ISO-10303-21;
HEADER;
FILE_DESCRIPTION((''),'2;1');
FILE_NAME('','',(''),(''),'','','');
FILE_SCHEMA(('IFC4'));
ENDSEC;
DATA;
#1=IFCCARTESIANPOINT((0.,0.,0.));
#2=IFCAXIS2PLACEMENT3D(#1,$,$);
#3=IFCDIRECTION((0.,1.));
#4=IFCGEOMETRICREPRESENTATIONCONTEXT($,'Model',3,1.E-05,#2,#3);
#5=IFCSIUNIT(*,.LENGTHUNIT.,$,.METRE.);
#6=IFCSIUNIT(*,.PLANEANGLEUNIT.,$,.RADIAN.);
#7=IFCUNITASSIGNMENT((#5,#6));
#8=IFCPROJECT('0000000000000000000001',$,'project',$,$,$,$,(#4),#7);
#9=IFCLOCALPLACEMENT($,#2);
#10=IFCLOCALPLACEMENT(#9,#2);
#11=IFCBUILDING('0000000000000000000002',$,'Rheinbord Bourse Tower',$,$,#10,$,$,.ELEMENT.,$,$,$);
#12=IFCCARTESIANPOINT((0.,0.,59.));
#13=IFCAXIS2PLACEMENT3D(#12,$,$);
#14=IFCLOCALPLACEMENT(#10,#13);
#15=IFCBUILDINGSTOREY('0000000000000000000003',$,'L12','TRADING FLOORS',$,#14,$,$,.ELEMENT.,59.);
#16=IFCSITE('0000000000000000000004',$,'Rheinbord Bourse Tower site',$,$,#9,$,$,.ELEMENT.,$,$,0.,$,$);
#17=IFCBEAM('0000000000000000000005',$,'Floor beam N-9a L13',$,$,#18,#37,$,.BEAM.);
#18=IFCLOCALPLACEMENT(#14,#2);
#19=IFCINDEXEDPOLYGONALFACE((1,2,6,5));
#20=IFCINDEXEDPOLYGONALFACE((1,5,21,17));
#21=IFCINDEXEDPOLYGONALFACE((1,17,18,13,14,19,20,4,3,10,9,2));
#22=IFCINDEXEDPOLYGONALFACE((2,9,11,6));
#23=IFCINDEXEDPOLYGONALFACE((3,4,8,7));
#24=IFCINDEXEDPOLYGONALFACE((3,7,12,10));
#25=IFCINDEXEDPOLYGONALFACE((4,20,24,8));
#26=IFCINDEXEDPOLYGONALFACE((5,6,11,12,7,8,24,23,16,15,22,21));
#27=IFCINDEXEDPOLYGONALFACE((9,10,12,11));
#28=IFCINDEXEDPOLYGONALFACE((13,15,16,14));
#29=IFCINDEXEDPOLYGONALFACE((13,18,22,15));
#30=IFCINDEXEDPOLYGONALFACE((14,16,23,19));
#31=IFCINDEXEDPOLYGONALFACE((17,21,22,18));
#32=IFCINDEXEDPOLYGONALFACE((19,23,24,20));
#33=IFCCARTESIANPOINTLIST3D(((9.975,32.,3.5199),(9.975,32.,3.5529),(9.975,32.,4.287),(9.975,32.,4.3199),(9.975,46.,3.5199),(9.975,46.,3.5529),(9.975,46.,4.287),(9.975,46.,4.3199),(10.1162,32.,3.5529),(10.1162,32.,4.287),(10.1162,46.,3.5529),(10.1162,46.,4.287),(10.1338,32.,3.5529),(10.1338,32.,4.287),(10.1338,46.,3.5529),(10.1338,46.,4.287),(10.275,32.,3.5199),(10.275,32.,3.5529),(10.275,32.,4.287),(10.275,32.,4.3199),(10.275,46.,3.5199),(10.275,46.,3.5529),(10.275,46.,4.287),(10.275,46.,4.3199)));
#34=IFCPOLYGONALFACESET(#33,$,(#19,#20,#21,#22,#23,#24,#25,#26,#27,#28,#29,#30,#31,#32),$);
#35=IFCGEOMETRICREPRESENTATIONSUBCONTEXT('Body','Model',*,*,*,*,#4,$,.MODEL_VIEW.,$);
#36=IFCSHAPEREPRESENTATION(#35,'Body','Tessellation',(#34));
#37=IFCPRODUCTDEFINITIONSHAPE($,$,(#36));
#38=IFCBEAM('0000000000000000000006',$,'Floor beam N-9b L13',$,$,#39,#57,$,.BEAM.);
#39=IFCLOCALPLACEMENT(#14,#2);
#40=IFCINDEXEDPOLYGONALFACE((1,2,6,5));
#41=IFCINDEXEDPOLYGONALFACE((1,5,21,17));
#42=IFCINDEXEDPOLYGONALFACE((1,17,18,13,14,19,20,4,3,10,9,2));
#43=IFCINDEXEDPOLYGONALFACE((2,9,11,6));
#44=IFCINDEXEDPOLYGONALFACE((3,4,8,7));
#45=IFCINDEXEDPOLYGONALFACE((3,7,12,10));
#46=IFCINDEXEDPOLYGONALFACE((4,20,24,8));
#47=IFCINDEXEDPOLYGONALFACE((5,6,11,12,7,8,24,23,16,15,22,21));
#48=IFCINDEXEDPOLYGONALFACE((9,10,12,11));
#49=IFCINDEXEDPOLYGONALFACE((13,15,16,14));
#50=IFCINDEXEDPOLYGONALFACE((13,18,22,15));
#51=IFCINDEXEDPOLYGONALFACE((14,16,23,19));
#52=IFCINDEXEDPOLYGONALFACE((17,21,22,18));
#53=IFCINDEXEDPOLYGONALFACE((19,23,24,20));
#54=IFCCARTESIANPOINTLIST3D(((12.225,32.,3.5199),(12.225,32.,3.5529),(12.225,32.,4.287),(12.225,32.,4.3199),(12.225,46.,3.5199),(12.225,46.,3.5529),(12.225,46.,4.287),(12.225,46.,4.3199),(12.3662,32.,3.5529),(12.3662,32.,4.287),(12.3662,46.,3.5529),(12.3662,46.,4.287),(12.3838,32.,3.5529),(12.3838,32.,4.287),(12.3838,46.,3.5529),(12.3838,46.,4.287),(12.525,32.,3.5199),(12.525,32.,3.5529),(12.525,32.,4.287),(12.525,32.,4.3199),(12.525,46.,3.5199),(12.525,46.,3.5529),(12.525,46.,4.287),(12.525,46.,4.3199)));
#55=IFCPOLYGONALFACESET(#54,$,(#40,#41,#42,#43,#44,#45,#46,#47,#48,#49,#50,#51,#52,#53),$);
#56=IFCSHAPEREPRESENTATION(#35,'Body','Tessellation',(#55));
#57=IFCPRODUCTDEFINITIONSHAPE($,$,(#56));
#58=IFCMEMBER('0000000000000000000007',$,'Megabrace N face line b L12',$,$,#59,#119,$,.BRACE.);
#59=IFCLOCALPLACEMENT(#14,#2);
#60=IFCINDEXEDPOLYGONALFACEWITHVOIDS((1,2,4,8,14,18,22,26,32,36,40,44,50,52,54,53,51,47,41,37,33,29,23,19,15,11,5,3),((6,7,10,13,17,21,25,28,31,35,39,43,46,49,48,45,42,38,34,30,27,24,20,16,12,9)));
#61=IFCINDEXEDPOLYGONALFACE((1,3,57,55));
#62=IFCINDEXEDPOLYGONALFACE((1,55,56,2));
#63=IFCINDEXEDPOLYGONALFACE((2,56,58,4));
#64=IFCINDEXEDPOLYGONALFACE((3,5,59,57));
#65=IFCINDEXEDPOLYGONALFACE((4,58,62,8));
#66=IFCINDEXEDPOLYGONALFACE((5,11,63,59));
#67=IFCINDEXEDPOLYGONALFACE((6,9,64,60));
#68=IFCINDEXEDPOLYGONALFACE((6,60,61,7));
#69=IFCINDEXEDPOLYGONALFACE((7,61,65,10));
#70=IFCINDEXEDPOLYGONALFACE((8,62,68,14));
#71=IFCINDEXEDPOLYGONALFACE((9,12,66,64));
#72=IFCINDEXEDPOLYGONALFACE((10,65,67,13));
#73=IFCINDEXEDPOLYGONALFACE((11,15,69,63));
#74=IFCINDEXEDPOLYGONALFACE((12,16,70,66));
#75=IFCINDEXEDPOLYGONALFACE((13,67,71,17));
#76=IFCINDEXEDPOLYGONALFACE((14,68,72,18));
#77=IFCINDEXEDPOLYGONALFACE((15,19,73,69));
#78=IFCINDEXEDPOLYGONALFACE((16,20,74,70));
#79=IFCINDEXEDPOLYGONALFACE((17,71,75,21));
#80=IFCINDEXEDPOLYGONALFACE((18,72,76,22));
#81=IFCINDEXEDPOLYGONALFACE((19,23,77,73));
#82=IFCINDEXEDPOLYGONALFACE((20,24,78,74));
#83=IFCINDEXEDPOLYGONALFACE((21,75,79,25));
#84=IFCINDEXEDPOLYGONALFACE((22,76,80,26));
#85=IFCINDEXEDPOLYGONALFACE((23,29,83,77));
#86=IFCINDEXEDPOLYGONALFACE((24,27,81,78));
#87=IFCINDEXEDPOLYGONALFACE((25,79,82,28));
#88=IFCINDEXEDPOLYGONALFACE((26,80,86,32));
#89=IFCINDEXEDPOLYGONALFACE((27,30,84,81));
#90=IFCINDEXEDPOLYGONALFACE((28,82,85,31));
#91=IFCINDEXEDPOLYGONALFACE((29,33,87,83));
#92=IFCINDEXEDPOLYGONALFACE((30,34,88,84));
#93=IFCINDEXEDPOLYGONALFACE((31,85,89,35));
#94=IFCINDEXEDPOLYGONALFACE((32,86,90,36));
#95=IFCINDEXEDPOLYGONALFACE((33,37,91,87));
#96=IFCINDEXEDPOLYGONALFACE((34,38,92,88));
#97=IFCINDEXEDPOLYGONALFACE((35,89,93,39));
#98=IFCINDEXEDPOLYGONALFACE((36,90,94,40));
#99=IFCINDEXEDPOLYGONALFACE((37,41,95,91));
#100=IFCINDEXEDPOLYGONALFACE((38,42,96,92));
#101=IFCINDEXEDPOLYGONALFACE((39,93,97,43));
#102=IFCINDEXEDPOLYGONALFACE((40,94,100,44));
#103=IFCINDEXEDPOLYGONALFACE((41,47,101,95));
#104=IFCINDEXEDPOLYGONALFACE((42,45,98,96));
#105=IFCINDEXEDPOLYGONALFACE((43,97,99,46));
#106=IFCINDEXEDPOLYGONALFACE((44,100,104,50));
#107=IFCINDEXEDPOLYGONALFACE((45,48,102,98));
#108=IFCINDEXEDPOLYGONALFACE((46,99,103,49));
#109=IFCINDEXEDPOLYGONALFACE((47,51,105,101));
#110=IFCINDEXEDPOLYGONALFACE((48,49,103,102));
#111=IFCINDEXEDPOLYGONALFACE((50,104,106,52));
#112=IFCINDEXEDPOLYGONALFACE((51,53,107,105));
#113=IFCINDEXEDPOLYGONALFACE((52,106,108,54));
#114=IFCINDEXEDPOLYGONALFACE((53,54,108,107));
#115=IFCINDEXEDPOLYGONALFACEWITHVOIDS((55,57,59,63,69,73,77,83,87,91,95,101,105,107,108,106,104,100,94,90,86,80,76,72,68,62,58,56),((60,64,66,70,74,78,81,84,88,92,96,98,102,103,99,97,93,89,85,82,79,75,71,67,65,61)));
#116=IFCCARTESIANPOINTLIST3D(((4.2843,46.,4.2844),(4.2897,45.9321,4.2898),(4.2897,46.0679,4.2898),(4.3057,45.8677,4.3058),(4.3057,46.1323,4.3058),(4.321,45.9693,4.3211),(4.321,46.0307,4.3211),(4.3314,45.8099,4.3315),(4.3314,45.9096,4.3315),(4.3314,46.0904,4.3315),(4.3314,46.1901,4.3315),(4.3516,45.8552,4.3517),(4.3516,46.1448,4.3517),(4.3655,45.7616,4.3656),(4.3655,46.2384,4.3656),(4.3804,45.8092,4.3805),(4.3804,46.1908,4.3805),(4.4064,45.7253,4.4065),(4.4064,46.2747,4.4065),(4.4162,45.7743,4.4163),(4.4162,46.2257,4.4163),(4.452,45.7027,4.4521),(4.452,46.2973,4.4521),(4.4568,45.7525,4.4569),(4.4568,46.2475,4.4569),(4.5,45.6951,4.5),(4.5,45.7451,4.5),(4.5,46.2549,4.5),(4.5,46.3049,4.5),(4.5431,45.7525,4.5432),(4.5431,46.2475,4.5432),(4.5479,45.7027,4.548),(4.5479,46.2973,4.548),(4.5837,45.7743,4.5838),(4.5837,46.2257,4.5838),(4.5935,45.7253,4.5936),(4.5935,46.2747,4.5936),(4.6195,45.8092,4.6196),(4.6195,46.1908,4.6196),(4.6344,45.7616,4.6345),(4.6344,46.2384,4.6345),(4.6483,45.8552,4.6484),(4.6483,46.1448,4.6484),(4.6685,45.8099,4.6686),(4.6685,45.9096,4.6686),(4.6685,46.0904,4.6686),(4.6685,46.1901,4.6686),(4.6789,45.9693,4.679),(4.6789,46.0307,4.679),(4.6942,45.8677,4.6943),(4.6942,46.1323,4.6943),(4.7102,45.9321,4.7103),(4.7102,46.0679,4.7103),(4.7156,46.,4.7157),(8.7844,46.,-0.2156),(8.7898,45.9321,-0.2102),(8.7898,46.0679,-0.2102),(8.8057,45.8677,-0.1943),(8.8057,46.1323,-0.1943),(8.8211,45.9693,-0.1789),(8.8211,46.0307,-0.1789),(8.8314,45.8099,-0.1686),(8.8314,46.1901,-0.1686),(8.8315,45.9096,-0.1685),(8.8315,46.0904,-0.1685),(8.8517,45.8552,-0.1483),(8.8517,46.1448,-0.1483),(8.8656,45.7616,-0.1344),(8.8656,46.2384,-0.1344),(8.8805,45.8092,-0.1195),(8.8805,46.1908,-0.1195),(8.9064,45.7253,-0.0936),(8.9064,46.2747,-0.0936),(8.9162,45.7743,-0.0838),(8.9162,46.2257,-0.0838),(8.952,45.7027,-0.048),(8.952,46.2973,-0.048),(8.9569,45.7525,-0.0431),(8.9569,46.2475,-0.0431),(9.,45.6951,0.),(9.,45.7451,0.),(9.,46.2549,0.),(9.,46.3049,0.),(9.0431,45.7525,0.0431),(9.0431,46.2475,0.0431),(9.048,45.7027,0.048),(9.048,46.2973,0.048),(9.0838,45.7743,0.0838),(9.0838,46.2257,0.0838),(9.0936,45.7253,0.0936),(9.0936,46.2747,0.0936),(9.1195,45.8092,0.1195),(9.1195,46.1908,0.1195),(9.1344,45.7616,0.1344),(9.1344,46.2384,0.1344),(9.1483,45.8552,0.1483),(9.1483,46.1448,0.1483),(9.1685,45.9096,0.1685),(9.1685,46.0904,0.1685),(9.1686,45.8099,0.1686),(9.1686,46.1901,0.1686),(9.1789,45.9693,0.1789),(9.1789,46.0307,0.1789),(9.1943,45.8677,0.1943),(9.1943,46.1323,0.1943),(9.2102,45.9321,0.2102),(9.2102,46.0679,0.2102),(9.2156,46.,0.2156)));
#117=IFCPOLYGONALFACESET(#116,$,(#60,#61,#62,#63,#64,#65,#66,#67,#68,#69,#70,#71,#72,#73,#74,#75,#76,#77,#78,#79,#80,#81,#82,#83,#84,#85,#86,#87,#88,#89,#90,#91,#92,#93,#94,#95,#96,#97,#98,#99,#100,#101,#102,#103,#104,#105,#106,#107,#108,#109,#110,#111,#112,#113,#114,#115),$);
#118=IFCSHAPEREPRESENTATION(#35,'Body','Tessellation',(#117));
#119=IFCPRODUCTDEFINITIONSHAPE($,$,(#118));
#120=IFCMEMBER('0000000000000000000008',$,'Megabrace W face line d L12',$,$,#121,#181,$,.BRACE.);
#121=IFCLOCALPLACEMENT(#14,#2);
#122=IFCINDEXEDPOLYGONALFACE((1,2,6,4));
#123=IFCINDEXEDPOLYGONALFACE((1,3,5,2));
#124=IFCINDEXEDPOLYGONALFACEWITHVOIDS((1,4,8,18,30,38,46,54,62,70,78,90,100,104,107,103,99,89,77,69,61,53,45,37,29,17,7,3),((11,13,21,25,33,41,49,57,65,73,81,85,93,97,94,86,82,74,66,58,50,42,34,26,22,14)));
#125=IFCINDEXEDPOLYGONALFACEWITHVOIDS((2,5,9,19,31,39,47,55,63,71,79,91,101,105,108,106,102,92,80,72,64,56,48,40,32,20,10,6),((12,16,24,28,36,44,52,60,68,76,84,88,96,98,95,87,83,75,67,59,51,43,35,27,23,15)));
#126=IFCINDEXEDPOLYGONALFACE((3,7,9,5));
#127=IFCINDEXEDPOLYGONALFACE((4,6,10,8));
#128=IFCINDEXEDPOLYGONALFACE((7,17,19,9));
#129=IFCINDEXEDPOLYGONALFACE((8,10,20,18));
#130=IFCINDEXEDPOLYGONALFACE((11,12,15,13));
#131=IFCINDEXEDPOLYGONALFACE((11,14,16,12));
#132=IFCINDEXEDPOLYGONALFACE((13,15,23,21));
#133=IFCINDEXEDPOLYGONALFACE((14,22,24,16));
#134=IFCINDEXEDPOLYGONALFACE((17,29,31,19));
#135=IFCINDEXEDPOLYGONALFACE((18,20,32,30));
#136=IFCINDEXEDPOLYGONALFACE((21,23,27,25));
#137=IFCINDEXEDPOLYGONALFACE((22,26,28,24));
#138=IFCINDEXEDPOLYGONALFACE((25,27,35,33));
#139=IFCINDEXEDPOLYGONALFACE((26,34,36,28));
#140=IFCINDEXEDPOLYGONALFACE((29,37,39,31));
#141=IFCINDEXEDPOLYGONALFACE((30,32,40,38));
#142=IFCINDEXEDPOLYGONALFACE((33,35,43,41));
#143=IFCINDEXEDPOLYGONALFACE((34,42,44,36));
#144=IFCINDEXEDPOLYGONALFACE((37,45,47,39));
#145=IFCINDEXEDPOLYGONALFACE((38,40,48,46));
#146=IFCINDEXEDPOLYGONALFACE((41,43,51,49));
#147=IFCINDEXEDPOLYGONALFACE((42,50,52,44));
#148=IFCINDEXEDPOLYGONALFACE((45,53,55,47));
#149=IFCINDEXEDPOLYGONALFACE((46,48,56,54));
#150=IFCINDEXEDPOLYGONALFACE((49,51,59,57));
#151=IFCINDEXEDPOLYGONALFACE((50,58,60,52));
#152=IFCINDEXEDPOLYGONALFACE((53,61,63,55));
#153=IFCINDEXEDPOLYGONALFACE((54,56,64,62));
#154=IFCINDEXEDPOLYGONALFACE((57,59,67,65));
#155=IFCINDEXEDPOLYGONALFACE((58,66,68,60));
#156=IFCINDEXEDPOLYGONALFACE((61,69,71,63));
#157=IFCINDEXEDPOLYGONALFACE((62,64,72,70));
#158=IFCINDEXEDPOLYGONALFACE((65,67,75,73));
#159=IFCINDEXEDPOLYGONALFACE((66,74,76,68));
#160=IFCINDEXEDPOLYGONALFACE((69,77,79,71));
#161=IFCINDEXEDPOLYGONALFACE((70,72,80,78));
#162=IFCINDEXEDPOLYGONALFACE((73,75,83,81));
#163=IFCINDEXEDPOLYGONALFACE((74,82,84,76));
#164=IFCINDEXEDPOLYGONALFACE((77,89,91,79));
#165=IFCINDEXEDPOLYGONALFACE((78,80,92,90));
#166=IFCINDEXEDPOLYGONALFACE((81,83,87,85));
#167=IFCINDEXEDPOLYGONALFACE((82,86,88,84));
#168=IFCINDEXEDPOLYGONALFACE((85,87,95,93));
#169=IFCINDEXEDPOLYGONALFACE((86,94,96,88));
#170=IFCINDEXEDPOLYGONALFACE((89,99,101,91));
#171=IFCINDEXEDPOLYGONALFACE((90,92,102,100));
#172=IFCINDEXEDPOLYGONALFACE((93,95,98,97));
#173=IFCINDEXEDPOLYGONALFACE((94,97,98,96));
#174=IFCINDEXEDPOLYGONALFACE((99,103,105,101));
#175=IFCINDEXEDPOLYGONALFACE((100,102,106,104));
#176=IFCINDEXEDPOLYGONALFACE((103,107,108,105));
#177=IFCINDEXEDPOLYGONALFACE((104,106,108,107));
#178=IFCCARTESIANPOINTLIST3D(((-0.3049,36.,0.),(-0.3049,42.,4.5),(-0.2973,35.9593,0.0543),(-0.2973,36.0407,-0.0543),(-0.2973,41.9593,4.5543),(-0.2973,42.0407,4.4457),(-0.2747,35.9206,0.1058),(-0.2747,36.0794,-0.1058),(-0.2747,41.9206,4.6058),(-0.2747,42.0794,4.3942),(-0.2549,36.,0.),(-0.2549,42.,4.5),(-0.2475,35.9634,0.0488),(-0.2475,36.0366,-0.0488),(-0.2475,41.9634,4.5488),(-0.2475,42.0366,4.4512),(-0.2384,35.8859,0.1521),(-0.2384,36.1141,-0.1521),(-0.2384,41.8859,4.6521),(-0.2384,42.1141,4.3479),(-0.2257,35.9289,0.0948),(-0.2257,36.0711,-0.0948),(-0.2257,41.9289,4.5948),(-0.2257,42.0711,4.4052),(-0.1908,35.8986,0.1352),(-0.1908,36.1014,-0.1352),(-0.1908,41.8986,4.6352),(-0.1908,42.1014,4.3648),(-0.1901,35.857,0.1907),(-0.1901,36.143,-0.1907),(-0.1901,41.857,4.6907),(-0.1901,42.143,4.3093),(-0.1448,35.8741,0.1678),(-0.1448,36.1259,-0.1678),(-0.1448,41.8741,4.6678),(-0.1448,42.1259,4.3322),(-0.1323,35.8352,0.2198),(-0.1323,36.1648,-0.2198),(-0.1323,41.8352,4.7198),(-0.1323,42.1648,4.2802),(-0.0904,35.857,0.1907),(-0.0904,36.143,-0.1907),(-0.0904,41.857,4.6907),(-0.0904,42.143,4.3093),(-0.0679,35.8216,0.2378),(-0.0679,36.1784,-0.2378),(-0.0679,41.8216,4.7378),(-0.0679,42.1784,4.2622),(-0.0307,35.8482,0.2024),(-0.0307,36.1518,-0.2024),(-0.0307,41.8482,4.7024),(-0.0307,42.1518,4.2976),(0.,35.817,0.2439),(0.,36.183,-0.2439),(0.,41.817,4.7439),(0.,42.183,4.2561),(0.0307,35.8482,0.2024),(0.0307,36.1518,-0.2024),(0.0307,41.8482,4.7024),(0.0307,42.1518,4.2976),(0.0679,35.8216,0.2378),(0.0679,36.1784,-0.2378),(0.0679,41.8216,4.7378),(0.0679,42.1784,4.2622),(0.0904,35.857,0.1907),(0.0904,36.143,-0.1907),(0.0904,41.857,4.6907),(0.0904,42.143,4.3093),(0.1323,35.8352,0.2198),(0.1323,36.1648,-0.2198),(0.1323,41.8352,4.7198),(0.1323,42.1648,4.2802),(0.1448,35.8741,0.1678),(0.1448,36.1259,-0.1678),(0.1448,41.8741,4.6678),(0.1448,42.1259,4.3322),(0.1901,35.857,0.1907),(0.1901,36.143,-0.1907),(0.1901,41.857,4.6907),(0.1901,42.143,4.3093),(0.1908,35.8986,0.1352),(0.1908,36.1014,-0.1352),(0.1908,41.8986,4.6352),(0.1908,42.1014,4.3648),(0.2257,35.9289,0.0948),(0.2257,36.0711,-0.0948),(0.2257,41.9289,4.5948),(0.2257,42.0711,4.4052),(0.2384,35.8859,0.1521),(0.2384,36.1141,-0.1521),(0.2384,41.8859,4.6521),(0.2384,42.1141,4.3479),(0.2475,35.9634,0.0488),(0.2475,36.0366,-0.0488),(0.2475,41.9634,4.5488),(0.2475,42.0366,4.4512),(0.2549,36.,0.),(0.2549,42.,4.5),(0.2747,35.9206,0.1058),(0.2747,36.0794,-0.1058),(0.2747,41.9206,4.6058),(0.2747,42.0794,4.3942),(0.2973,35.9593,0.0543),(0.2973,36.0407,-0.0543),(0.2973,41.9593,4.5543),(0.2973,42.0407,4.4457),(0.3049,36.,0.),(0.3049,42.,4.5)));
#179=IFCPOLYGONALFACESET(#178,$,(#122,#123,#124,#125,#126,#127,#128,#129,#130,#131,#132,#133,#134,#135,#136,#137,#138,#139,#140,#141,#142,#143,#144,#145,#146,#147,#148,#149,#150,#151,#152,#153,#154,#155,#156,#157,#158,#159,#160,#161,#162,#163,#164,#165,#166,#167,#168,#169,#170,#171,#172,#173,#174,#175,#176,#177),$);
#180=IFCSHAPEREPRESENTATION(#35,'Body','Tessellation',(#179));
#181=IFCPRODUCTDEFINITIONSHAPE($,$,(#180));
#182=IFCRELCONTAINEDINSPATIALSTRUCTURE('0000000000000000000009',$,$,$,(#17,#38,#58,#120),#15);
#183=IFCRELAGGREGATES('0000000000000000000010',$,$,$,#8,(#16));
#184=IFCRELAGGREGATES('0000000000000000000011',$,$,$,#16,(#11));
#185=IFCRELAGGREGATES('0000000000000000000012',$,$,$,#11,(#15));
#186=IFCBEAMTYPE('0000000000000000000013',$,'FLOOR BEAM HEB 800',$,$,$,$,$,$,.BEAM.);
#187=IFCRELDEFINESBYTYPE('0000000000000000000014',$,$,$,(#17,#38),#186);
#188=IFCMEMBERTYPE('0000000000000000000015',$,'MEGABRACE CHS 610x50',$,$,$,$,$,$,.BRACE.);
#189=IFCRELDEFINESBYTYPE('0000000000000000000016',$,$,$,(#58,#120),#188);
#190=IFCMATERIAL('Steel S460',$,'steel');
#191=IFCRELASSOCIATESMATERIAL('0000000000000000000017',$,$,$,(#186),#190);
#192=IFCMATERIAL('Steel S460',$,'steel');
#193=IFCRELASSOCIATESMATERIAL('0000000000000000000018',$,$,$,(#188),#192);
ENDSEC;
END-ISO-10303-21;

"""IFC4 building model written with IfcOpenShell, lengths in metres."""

from ifc_helpers import new_model, si_unit, direction, frame, origin, origin_2d, place, context, subcontext, project, spatial, hollow_circle, i_section, extrude, material, material_profile, profile_set, type_object, element, save


model = new_model("IFC4")

# Units and contexts
model_context = context("Model", 3, precision=1e-05, world=origin(), true_north=direction((0.0, 1.0)))
body_context = subcontext(model_context, "Body", "Model", "MODEL_VIEW")
ifc_project = project(units=[si_unit("LENGTHUNIT", "METRE"), si_unit("PLANEANGLEUNIT", "RADIAN")], contexts=[model_context])

# Site, building, storey
site_placement = place(None, origin())
site = spatial("IfcSite", under=ifc_project, at=site_placement, Name="Rheinbord Bourse Tower site", CompositionType="ELEMENT", RefElevation=0.0)
building_placement = place(site_placement, origin())
building = spatial("IfcBuilding", under=site, at=building_placement, Name="Rheinbord Bourse Tower", CompositionType="ELEMENT")
storey_placement = place(building_placement, frame((0.0, 0.0, 59.0)))
storey = spatial("IfcBuildingStorey", under=building, at=storey_placement, Name="L12", Description="TRADING FLOORS", CompositionType="ELEMENT", Elevation=59.0)

# Beams
ifc_material_1 = material(Name="Steel S460", Category="steel")
ifc_material_profile_1 = material_profile(ifc_material_1, i_section(OverallWidth=0.3, OverallDepth=0.8, WebThickness=0.0176, FlangeThickness=0.033, at=origin_2d()), Name="HEB 800")
ifc_profile_set_1 = profile_set([ifc_material_profile_1], Name="Steel S460")
beam_type_1 = type_object("IfcBeamType", Name="FLOOR BEAM HEB 800", PredefinedType="BEAM", material=ifc_profile_set_1)
for number, where, z_axis, x_axis, name in (
    (1, (10.125, 46.0, 3.9199), (0.0, -1.0, 0.0), (1.0, 0.0, 0.0), "Floor beam N-9a L13"),
    (2, (12.375, 46.0, 3.9199), (0.0, -1.0, 0.0), (1.0, 0.0, 0.0), "Floor beam N-9b L13"),
):
    element("IfcBeam", number, at=place(storey_placement, frame(where, z_axis=z_axis, x_axis=x_axis)), inside=storey, type_object=beam_type_1, Name=name, PredefinedType="BEAM", context=body_context, shape_type="SweptSolid", body=[
        extrude(i_section(OverallWidth=0.3, OverallDepth=0.8, WebThickness=0.0176, FlangeThickness=0.033, at=origin_2d()), origin(), (0.0, 0.0, 1.0), 14.0),
    ])

# Members
ifc_material_2 = material(Name="Steel S460", Category="steel")
ifc_material_profile_2 = material_profile(ifc_material_2, hollow_circle(Radius=0.3049, WallThickness=0.05, at=origin_2d()), Name="CHS 610x50")
ifc_profile_set_2 = profile_set([ifc_material_profile_2], Name="Steel S460")
member_type_1 = type_object("IfcMemberType", Name="MEGABRACE CHS 610x50", PredefinedType="BRACE", material=ifc_profile_set_2)
member_1_placement = place(storey_placement, frame((9.0, 46.0, 0.0), z_axis=(-0.707107, 0.0, 0.707107), x_axis=(0.0, -1.0, 0.0)))
element("IfcMember", 3, at=member_1_placement, inside=storey, type_object=member_type_1, Name="Megabrace N face line b L12", PredefinedType="BRACE", context=body_context, shape_type="SweptSolid", body=[
    extrude(hollow_circle(Radius=0.3049, WallThickness=0.05, at=origin_2d()), origin(), (0.0, 0.0, 1.0), 6.364),
])
member_2_placement = place(storey_placement, frame((0.0, 36.0, 0.0), z_axis=(0.0, 0.8, 0.6), x_axis=(-1.0, 0.0, 0.0)))
element("IfcMember", 4, at=member_2_placement, inside=storey, type_object=member_type_1, Name="Megabrace W face line d L12", PredefinedType="BRACE", context=body_context, shape_type="SweptSolid", body=[
    extrude(hollow_circle(Radius=0.3049, WallThickness=0.05, at=origin_2d()), origin(), (0.0, 0.0, 1.0), 7.5),
])

save(model, "model.ifc")
